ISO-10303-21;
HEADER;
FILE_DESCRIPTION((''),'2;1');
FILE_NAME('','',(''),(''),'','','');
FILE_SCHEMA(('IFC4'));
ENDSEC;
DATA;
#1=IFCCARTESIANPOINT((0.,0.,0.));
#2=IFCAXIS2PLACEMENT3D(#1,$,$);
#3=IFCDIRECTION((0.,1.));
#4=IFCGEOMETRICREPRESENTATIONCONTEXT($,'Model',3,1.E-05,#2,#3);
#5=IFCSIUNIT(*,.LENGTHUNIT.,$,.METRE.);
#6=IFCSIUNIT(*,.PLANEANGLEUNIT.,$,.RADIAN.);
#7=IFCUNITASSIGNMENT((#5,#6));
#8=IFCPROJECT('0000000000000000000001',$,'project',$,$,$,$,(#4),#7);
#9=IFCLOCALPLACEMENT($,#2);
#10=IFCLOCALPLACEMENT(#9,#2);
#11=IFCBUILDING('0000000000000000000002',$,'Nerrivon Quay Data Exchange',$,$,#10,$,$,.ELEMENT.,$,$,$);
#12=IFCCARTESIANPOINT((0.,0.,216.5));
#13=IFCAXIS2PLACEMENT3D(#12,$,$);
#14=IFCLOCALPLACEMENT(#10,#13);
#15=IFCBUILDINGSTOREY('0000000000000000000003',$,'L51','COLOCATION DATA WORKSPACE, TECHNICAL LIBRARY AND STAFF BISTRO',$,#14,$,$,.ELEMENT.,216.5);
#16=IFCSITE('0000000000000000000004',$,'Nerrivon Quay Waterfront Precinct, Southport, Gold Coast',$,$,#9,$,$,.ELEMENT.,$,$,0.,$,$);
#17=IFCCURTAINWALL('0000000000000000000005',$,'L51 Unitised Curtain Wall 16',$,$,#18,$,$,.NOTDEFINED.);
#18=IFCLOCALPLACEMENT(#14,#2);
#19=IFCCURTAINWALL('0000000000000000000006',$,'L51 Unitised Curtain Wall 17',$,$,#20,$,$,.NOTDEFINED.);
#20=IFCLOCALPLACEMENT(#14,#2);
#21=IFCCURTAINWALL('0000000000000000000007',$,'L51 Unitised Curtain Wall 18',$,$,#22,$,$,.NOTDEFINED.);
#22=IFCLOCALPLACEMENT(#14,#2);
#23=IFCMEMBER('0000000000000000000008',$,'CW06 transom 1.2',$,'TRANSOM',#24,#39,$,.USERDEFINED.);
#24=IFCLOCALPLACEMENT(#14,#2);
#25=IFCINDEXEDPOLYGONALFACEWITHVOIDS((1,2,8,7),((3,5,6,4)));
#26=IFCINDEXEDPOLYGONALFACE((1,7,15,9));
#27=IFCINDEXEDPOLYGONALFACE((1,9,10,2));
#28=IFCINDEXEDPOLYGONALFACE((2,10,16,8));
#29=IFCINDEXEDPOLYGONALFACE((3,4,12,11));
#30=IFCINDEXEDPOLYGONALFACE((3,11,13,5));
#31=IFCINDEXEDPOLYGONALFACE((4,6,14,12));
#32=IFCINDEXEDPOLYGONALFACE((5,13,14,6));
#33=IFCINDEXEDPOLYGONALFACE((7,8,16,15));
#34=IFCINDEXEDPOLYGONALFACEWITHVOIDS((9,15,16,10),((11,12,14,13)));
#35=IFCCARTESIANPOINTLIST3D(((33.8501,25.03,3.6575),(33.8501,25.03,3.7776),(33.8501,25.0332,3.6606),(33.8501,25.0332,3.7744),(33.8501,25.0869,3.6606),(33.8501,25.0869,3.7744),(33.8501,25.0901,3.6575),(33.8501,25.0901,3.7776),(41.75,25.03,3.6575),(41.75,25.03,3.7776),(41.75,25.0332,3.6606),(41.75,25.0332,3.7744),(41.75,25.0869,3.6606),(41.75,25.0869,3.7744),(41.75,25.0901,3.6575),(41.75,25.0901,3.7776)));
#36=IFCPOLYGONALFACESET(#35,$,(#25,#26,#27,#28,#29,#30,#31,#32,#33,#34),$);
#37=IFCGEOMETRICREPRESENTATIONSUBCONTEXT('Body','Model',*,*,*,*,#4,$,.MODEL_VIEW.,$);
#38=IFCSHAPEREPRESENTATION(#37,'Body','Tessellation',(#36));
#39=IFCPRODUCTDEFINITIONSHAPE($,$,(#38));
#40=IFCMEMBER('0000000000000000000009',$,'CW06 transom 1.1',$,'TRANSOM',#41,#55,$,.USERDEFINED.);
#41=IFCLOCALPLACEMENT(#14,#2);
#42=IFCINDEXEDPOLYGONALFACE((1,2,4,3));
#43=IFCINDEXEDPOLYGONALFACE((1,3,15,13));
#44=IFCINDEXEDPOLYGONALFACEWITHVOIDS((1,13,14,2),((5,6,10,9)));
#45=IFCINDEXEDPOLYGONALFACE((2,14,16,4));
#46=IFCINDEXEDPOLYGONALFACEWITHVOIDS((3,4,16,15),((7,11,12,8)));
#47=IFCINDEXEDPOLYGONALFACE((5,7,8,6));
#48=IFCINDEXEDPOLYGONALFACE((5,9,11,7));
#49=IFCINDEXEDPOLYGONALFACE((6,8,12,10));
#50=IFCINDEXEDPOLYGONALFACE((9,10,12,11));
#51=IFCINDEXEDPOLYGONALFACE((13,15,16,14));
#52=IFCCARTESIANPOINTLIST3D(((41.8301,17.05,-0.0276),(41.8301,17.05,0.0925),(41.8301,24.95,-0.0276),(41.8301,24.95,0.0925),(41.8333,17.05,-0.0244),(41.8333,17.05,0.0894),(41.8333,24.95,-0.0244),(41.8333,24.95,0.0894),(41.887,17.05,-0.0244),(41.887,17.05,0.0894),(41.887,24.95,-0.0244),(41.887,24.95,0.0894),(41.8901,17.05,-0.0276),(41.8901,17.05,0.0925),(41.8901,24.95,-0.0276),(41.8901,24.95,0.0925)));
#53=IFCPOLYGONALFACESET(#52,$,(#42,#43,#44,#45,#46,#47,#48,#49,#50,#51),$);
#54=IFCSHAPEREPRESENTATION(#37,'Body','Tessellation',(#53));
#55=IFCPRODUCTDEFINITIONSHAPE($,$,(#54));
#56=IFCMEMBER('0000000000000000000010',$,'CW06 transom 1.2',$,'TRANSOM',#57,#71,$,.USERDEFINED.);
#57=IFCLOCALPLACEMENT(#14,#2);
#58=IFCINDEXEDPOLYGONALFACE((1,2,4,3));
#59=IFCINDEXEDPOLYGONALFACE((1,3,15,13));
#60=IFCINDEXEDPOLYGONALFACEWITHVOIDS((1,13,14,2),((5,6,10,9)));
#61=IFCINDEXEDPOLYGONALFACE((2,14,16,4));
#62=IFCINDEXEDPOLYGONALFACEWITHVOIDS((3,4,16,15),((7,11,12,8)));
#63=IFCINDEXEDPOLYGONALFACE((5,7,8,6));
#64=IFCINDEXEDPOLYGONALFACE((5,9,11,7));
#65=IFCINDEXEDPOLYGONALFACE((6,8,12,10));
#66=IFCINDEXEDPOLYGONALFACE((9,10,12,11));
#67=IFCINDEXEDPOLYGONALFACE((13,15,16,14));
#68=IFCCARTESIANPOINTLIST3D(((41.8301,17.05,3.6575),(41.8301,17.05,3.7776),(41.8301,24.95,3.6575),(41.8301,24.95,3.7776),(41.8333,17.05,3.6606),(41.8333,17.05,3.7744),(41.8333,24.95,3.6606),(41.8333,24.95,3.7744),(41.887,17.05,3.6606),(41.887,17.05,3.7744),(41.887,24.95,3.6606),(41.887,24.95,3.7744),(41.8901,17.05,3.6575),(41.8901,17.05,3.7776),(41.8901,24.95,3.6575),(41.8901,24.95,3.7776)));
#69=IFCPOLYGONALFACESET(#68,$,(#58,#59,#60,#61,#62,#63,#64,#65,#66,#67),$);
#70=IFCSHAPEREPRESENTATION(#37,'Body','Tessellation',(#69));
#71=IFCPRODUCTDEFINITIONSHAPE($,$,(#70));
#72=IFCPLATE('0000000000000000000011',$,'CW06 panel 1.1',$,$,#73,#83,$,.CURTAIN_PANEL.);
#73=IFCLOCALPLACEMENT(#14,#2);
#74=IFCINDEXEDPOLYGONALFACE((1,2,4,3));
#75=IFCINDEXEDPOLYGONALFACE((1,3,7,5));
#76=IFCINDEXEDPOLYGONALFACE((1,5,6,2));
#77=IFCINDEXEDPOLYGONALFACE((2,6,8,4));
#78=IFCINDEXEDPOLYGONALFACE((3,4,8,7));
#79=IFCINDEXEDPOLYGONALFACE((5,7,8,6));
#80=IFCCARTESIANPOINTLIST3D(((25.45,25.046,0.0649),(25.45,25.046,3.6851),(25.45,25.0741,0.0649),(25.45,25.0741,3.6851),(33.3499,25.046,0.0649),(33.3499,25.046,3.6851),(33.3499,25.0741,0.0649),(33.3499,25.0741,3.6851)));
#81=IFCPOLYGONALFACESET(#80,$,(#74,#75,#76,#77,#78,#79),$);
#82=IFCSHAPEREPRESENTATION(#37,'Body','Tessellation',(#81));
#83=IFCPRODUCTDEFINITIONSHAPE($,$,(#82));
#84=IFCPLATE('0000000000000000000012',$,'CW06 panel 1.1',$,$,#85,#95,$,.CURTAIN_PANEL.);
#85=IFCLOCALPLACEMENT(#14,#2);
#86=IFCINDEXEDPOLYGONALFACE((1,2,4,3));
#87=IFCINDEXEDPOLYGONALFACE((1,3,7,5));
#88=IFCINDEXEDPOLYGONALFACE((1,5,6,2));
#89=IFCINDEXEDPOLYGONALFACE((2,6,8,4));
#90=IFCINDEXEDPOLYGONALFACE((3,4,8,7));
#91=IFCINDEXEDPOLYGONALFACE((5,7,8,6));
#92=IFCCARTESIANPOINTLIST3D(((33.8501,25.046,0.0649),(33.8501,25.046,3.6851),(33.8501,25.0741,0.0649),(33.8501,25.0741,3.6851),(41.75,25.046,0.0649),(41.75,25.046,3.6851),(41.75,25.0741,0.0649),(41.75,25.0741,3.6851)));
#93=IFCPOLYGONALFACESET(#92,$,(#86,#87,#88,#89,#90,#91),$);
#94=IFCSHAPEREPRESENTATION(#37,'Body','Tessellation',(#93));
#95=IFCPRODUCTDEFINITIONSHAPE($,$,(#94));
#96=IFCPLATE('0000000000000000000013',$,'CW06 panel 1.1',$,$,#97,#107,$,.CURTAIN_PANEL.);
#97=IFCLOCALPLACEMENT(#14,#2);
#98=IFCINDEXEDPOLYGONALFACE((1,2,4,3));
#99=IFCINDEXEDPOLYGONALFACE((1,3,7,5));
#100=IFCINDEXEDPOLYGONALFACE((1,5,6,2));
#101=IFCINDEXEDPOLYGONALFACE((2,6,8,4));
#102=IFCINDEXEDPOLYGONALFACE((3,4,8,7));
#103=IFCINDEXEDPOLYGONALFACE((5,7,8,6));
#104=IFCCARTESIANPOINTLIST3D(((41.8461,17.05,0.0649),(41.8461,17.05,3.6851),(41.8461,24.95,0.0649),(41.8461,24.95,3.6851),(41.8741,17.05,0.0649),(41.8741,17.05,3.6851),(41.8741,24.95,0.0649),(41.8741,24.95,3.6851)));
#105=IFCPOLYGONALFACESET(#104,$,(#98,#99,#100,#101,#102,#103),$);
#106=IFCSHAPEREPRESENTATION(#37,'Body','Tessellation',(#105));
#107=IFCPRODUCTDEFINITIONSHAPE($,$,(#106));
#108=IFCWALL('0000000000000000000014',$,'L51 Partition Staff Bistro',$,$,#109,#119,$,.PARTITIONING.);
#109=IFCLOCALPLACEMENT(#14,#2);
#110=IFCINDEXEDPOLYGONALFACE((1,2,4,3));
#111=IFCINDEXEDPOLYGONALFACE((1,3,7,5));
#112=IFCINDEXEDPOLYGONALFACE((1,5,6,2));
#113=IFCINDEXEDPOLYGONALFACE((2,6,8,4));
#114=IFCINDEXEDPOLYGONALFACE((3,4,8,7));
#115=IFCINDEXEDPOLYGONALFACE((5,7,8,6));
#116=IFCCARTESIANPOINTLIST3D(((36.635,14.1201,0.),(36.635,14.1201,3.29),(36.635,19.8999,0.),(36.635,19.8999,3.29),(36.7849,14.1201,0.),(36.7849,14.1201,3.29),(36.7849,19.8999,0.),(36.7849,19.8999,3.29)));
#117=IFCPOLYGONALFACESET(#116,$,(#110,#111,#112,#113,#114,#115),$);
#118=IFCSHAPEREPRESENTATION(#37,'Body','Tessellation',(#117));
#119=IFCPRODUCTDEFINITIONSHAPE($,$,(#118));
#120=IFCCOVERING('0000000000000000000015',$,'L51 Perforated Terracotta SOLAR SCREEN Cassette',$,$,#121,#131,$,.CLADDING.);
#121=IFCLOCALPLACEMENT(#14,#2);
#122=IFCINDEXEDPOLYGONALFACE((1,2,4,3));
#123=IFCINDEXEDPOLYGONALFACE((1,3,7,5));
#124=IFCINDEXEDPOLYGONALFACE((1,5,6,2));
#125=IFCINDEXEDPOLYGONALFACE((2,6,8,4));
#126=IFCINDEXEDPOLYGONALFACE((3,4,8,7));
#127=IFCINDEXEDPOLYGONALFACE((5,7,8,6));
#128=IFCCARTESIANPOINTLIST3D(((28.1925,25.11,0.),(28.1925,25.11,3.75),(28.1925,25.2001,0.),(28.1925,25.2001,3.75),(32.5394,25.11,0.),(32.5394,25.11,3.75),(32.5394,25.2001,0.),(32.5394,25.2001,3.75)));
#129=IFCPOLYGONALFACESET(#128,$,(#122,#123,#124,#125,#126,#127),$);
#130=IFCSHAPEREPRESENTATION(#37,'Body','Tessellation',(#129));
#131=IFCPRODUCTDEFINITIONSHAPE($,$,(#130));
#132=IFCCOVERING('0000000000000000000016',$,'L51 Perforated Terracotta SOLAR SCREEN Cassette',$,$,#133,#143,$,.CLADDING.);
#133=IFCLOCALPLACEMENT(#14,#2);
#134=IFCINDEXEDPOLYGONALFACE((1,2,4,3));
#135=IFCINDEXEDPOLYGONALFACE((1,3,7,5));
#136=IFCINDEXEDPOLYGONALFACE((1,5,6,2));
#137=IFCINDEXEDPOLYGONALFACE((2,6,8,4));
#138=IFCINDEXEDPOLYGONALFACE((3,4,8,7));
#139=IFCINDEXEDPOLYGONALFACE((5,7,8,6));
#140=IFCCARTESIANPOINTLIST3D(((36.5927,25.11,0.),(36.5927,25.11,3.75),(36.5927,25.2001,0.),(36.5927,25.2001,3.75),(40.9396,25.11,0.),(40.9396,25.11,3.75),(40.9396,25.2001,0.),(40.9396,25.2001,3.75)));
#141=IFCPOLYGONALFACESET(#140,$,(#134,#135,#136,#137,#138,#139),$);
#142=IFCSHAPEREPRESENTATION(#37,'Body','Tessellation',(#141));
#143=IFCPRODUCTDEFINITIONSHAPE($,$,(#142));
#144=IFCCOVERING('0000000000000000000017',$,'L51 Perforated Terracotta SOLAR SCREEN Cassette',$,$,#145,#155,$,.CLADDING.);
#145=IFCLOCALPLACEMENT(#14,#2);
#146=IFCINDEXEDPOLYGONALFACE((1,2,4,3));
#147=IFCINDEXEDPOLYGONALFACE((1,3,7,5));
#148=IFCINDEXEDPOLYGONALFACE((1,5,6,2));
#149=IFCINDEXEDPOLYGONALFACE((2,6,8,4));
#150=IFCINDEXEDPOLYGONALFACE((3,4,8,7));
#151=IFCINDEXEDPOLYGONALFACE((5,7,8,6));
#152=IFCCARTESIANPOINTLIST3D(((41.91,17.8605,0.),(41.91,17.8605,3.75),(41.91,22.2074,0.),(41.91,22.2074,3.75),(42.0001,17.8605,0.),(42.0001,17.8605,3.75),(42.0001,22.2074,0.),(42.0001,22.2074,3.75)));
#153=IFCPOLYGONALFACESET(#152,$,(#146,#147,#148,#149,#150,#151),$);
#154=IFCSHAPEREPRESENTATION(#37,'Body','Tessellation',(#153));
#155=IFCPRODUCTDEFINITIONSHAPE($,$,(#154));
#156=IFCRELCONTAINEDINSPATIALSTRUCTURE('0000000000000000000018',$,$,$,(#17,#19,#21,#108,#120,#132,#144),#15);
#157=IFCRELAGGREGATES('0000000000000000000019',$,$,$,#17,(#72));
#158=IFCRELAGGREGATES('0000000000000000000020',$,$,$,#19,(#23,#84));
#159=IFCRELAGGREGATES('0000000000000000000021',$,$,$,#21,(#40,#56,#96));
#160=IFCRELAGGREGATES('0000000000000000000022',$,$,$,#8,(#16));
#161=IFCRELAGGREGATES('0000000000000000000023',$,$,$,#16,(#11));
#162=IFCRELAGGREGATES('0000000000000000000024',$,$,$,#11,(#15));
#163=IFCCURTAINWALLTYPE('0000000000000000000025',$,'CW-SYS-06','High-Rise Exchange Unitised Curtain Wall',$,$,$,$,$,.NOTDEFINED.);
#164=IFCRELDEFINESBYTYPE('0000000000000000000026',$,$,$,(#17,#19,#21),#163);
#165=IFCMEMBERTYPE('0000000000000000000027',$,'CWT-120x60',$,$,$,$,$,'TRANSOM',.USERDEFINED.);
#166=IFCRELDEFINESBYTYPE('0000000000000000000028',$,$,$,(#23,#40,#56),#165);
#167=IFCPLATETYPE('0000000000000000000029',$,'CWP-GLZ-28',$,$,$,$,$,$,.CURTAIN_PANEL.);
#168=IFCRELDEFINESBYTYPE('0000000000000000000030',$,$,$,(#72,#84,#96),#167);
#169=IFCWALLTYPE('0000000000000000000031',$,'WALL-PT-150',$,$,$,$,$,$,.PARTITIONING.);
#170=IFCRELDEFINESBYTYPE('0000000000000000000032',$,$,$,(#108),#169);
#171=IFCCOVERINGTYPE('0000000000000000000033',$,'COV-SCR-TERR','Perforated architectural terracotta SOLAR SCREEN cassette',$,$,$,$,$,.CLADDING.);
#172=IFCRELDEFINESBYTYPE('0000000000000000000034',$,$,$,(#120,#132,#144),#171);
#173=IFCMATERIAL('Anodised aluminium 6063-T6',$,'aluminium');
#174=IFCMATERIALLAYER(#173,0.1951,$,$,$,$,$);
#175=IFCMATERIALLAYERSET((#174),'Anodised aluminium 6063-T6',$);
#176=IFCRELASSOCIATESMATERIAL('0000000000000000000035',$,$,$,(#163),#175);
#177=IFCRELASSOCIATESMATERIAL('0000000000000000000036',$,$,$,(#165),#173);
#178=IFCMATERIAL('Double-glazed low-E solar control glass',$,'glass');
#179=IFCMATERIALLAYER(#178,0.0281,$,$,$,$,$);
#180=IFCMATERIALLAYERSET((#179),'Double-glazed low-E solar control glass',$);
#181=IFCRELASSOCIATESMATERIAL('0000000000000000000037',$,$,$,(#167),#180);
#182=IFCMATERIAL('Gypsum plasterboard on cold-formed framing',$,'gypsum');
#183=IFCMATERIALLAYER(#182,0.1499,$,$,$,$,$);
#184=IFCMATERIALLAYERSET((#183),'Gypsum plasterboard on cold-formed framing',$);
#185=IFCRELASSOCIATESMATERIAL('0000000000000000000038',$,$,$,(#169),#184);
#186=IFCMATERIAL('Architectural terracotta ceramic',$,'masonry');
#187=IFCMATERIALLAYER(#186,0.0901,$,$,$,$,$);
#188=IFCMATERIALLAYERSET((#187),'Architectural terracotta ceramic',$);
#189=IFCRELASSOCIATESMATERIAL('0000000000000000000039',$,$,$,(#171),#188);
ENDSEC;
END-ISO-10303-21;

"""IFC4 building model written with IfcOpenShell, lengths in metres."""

from ifc_helpers import new_model, si_unit, direction, frame, frame_2d, origin, origin_2d, place, context, subcontext, project, spatial, rectangle, hollow_rectangle, extrude, material, layer, layer_set, material_profile, profile_set, type_object, element, aggregate, save


model = new_model("IFC4")

# Units and contexts
model_context = context("Model", 3, precision=1e-05, world=origin(), true_north=direction((0.0, 1.0)))
body_context = subcontext(model_context, "Body", "Model", "MODEL_VIEW")
ifc_project = project(units=[si_unit("LENGTHUNIT", "METRE"), si_unit("PLANEANGLEUNIT", "RADIAN")], contexts=[model_context])

# Site, building, storey
site_placement = place(None, origin())
site = spatial("IfcSite", under=ifc_project, at=site_placement, Name="Nerrivon Quay Waterfront Precinct, Southport, Gold Coast", CompositionType="ELEMENT", RefElevation=0.0)
building_placement = place(site_placement, origin())
building = spatial("IfcBuilding", under=site, at=building_placement, Name="Nerrivon Quay Data Exchange", CompositionType="ELEMENT")
storey_placement = place(building_placement, frame((0.0, 0.0, 216.5)))
storey = spatial("IfcBuildingStorey", under=building, at=storey_placement, Name="L51", Description="COLOCATION DATA WORKSPACE, TECHNICAL LIBRARY AND STAFF BISTRO", CompositionType="ELEMENT", Elevation=216.5)

# Curtain wall
ifc_material_1 = material(Name="Anodised aluminium 6063-T6", Category="aluminium")
ifc_layer_1 = layer(ifc_material_1, 0.1951)
ifc_layer_set_1 = layer_set([ifc_layer_1], Name="Anodised aluminium 6063-T6")
curtain_wall_type = type_object("IfcCurtainWallType", Name="CW-SYS-06", Description="High-Rise Exchange Unitised Curtain Wall", PredefinedType="NOTDEFINED", material=ifc_layer_set_1)
curtain_wall_1_placement = place(storey_placement, origin())
curtain_wall_1 = element("IfcCurtainWall", 1, at=curtain_wall_1_placement, inside=storey, type_object=curtain_wall_type, Name="L51 Unitised Curtain Wall 16", PredefinedType="NOTDEFINED")

# Curtain walls
curtain_wall_2_placement = place(storey_placement, origin())
curtain_wall_2 = element("IfcCurtainWall", 2, at=curtain_wall_2_placement, inside=storey, type_object=curtain_wall_type, Name="L51 Unitised Curtain Wall 17", PredefinedType="NOTDEFINED")
curtain_wall_3_placement = place(storey_placement, origin())
curtain_wall_3 = element("IfcCurtainWall", 3, at=curtain_wall_3_placement, inside=storey, type_object=curtain_wall_type, Name="L51 Unitised Curtain Wall 18", PredefinedType="NOTDEFINED")

# Members
ifc_material_profile_1 = material_profile(ifc_material_1, hollow_rectangle(XDim=0.0601, YDim=0.1201, WallThickness=0.0032, at=origin_2d()), Name="ALU-TRAN-120x60")
ifc_profile_set_1 = profile_set([ifc_material_profile_1], Name="Anodised aluminium 6063-T6")
member_type_1 = type_object("IfcMemberType", Name="CWT-120x60", ElementType="TRANSOM", PredefinedType="USERDEFINED", material=ifc_profile_set_1)
member_1_placement = place(storey_placement, frame((33.8501, 25.0601, 3.7175), z_axis=(1.0, 0.0, 0.0), x_axis=(0.0, 1.0, 0.0)))
member_1 = element("IfcMember", 4, at=member_1_placement, type_object=member_type_1, Name="CW06 transom 1.2", ObjectType="TRANSOM", PredefinedType="USERDEFINED", context=body_context, shape_type="SweptSolid", body=[
    extrude(hollow_rectangle(XDim=0.0601, YDim=0.1201, WallThickness=0.0032, at=origin_2d()), origin(), (0.0, 0.0, 1.0), 7.8999),
])
member_2_placement = place(storey_placement, frame((41.8601, 24.95, 0.0325), z_axis=(0.0, -1.0, 0.0), x_axis=(1.0, 0.0, 0.0)))
member_2 = element("IfcMember", 5, at=member_2_placement, type_object=member_type_1, Name="CW06 transom 1.1", ObjectType="TRANSOM", PredefinedType="USERDEFINED", context=body_context, shape_type="SweptSolid", body=[
    extrude(hollow_rectangle(XDim=0.0601, YDim=0.1201, WallThickness=0.0032, at=origin_2d()), origin(), (0.0, 0.0, 1.0), 7.8999),
])
member_3_placement = place(storey_placement, frame((41.8601, 24.95, 3.7175), z_axis=(0.0, -1.0, 0.0), x_axis=(1.0, 0.0, 0.0)))
member_3 = element("IfcMember", 6, at=member_3_placement, type_object=member_type_1, Name="CW06 transom 1.2", ObjectType="TRANSOM", PredefinedType="USERDEFINED", context=body_context, shape_type="SweptSolid", body=[
    extrude(hollow_rectangle(XDim=0.0601, YDim=0.1201, WallThickness=0.0032, at=origin_2d()), origin(), (0.0, 0.0, 1.0), 7.8999),
])

# Plates
ifc_material_2 = material(Name="Double-glazed low-E solar control glass", Category="glass")
ifc_layer_2 = layer(ifc_material_2, 0.0281)
ifc_layer_set_2 = layer_set([ifc_layer_2], Name="Double-glazed low-E solar control glass")
plate_type = type_object("IfcPlateType", Name="CWP-GLZ-28", PredefinedType="CURTAIN_PANEL", material=ifc_layer_set_2)
plate_1_placement = place(storey_placement, frame((29.3999, 25.0601, 0.0649), z_axis=(0.0, 0.0, 1.0), x_axis=(1.0, 0.0, 0.0)))
plate_1 = element("IfcPlate", 7, at=plate_1_placement, type_object=plate_type, Name="CW06 panel 1.1", PredefinedType="CURTAIN_PANEL", context=body_context, shape_type="SweptSolid", body=[
    extrude(rectangle(XDim=7.8999, YDim=0.0281, at=origin_2d()), origin(), (0.0, 0.0, 1.0), 3.6201),
])
aggregate(curtain_wall_1, [plate_1])
plate_2_placement = place(storey_placement, frame((37.8, 25.0601, 0.0649), z_axis=(0.0, 0.0, 1.0), x_axis=(1.0, 0.0, 0.0)))
plate_2 = element("IfcPlate", 8, at=plate_2_placement, type_object=plate_type, Name="CW06 panel 1.1", PredefinedType="CURTAIN_PANEL", context=body_context, shape_type="SweptSolid", body=[
    extrude(rectangle(XDim=7.8999, YDim=0.0281, at=origin_2d()), origin(), (0.0, 0.0, 1.0), 3.6201),
])
aggregate(curtain_wall_2, [member_1, plate_2])
plate_3_placement = place(storey_placement, frame((41.8601, 21.0, 0.0649), z_axis=(0.0, 0.0, 1.0), x_axis=(0.0, -1.0, 0.0)))
plate_3 = element("IfcPlate", 9, at=plate_3_placement, type_object=plate_type, Name="CW06 panel 1.1", PredefinedType="CURTAIN_PANEL", context=body_context, shape_type="SweptSolid", body=[
    extrude(rectangle(XDim=7.8999, YDim=0.0281, at=origin_2d()), origin(), (0.0, 0.0, 1.0), 3.6201),
])
aggregate(curtain_wall_3, [member_2, member_3, plate_3])

# Wall
ifc_material_3 = material(Name="Gypsum plasterboard on cold-formed framing", Category="gypsum")
ifc_layer_3 = layer(ifc_material_3, 0.1499)
ifc_layer_set_3 = layer_set([ifc_layer_3], Name="Gypsum plasterboard on cold-formed framing")
wall_type = type_object("IfcWallType", Name="WALL-PT-150", PredefinedType="PARTITIONING", material=ifc_layer_set_3)
wall_placement = place(storey_placement, frame((36.71, 19.8999, 0.0), z_axis=(0.0, 0.0, 1.0), x_axis=(0.0, -1.0, 0.0)))
element("IfcWall", 10, at=wall_placement, inside=storey, type_object=wall_type, Name="L51 Partition Staff Bistro", PredefinedType="PARTITIONING", context=body_context, shape_type="SweptSolid", body=[
    extrude(rectangle(XDim=5.7798, YDim=0.1499, at=frame_2d((2.8899, 0.0))), origin(), (0.0, 0.0, 1.0), 3.29),
])

# Coverings
ifc_material_4 = material(Name="Architectural terracotta ceramic", Category="masonry")
ifc_layer_4 = layer(ifc_material_4, 0.0901)
ifc_layer_set_4 = layer_set([ifc_layer_4], Name="Architectural terracotta ceramic")
covering_type = type_object("IfcCoveringType", Name="COV-SCR-TERR", Description="Perforated architectural terracotta SOLAR SCREEN cassette", PredefinedType="CLADDING", material=ifc_layer_set_4)
for number, where, z_axis, x_axis, name in (
    (11, (30.366, 25.155, 0.0), (0.0, 0.0, 1.0), (1.0, 0.0, 0.0), "L51 Perforated Terracotta SOLAR SCREEN Cassette"),
    (12, (38.7661, 25.155, 0.0), (0.0, 0.0, 1.0), (1.0, 0.0, 0.0), "L51 Perforated Terracotta SOLAR SCREEN Cassette"),
    (13, (41.9551, 20.0339, 0.0), (0.0, 0.0, 1.0), (0.0, -1.0, 0.0), "L51 Perforated Terracotta SOLAR SCREEN Cassette"),
):
    element("IfcCovering", number, at=place(storey_placement, frame(where, z_axis=z_axis, x_axis=x_axis)), inside=storey, type_object=covering_type, Name=name, PredefinedType="CLADDING", context=body_context, shape_type="SweptSolid", body=[
        extrude(rectangle(XDim=4.3469, YDim=0.0901, at=origin_2d()), origin(), (0.0, 0.0, 1.0), 3.75),
    ])

save(model, "model.ifc")
